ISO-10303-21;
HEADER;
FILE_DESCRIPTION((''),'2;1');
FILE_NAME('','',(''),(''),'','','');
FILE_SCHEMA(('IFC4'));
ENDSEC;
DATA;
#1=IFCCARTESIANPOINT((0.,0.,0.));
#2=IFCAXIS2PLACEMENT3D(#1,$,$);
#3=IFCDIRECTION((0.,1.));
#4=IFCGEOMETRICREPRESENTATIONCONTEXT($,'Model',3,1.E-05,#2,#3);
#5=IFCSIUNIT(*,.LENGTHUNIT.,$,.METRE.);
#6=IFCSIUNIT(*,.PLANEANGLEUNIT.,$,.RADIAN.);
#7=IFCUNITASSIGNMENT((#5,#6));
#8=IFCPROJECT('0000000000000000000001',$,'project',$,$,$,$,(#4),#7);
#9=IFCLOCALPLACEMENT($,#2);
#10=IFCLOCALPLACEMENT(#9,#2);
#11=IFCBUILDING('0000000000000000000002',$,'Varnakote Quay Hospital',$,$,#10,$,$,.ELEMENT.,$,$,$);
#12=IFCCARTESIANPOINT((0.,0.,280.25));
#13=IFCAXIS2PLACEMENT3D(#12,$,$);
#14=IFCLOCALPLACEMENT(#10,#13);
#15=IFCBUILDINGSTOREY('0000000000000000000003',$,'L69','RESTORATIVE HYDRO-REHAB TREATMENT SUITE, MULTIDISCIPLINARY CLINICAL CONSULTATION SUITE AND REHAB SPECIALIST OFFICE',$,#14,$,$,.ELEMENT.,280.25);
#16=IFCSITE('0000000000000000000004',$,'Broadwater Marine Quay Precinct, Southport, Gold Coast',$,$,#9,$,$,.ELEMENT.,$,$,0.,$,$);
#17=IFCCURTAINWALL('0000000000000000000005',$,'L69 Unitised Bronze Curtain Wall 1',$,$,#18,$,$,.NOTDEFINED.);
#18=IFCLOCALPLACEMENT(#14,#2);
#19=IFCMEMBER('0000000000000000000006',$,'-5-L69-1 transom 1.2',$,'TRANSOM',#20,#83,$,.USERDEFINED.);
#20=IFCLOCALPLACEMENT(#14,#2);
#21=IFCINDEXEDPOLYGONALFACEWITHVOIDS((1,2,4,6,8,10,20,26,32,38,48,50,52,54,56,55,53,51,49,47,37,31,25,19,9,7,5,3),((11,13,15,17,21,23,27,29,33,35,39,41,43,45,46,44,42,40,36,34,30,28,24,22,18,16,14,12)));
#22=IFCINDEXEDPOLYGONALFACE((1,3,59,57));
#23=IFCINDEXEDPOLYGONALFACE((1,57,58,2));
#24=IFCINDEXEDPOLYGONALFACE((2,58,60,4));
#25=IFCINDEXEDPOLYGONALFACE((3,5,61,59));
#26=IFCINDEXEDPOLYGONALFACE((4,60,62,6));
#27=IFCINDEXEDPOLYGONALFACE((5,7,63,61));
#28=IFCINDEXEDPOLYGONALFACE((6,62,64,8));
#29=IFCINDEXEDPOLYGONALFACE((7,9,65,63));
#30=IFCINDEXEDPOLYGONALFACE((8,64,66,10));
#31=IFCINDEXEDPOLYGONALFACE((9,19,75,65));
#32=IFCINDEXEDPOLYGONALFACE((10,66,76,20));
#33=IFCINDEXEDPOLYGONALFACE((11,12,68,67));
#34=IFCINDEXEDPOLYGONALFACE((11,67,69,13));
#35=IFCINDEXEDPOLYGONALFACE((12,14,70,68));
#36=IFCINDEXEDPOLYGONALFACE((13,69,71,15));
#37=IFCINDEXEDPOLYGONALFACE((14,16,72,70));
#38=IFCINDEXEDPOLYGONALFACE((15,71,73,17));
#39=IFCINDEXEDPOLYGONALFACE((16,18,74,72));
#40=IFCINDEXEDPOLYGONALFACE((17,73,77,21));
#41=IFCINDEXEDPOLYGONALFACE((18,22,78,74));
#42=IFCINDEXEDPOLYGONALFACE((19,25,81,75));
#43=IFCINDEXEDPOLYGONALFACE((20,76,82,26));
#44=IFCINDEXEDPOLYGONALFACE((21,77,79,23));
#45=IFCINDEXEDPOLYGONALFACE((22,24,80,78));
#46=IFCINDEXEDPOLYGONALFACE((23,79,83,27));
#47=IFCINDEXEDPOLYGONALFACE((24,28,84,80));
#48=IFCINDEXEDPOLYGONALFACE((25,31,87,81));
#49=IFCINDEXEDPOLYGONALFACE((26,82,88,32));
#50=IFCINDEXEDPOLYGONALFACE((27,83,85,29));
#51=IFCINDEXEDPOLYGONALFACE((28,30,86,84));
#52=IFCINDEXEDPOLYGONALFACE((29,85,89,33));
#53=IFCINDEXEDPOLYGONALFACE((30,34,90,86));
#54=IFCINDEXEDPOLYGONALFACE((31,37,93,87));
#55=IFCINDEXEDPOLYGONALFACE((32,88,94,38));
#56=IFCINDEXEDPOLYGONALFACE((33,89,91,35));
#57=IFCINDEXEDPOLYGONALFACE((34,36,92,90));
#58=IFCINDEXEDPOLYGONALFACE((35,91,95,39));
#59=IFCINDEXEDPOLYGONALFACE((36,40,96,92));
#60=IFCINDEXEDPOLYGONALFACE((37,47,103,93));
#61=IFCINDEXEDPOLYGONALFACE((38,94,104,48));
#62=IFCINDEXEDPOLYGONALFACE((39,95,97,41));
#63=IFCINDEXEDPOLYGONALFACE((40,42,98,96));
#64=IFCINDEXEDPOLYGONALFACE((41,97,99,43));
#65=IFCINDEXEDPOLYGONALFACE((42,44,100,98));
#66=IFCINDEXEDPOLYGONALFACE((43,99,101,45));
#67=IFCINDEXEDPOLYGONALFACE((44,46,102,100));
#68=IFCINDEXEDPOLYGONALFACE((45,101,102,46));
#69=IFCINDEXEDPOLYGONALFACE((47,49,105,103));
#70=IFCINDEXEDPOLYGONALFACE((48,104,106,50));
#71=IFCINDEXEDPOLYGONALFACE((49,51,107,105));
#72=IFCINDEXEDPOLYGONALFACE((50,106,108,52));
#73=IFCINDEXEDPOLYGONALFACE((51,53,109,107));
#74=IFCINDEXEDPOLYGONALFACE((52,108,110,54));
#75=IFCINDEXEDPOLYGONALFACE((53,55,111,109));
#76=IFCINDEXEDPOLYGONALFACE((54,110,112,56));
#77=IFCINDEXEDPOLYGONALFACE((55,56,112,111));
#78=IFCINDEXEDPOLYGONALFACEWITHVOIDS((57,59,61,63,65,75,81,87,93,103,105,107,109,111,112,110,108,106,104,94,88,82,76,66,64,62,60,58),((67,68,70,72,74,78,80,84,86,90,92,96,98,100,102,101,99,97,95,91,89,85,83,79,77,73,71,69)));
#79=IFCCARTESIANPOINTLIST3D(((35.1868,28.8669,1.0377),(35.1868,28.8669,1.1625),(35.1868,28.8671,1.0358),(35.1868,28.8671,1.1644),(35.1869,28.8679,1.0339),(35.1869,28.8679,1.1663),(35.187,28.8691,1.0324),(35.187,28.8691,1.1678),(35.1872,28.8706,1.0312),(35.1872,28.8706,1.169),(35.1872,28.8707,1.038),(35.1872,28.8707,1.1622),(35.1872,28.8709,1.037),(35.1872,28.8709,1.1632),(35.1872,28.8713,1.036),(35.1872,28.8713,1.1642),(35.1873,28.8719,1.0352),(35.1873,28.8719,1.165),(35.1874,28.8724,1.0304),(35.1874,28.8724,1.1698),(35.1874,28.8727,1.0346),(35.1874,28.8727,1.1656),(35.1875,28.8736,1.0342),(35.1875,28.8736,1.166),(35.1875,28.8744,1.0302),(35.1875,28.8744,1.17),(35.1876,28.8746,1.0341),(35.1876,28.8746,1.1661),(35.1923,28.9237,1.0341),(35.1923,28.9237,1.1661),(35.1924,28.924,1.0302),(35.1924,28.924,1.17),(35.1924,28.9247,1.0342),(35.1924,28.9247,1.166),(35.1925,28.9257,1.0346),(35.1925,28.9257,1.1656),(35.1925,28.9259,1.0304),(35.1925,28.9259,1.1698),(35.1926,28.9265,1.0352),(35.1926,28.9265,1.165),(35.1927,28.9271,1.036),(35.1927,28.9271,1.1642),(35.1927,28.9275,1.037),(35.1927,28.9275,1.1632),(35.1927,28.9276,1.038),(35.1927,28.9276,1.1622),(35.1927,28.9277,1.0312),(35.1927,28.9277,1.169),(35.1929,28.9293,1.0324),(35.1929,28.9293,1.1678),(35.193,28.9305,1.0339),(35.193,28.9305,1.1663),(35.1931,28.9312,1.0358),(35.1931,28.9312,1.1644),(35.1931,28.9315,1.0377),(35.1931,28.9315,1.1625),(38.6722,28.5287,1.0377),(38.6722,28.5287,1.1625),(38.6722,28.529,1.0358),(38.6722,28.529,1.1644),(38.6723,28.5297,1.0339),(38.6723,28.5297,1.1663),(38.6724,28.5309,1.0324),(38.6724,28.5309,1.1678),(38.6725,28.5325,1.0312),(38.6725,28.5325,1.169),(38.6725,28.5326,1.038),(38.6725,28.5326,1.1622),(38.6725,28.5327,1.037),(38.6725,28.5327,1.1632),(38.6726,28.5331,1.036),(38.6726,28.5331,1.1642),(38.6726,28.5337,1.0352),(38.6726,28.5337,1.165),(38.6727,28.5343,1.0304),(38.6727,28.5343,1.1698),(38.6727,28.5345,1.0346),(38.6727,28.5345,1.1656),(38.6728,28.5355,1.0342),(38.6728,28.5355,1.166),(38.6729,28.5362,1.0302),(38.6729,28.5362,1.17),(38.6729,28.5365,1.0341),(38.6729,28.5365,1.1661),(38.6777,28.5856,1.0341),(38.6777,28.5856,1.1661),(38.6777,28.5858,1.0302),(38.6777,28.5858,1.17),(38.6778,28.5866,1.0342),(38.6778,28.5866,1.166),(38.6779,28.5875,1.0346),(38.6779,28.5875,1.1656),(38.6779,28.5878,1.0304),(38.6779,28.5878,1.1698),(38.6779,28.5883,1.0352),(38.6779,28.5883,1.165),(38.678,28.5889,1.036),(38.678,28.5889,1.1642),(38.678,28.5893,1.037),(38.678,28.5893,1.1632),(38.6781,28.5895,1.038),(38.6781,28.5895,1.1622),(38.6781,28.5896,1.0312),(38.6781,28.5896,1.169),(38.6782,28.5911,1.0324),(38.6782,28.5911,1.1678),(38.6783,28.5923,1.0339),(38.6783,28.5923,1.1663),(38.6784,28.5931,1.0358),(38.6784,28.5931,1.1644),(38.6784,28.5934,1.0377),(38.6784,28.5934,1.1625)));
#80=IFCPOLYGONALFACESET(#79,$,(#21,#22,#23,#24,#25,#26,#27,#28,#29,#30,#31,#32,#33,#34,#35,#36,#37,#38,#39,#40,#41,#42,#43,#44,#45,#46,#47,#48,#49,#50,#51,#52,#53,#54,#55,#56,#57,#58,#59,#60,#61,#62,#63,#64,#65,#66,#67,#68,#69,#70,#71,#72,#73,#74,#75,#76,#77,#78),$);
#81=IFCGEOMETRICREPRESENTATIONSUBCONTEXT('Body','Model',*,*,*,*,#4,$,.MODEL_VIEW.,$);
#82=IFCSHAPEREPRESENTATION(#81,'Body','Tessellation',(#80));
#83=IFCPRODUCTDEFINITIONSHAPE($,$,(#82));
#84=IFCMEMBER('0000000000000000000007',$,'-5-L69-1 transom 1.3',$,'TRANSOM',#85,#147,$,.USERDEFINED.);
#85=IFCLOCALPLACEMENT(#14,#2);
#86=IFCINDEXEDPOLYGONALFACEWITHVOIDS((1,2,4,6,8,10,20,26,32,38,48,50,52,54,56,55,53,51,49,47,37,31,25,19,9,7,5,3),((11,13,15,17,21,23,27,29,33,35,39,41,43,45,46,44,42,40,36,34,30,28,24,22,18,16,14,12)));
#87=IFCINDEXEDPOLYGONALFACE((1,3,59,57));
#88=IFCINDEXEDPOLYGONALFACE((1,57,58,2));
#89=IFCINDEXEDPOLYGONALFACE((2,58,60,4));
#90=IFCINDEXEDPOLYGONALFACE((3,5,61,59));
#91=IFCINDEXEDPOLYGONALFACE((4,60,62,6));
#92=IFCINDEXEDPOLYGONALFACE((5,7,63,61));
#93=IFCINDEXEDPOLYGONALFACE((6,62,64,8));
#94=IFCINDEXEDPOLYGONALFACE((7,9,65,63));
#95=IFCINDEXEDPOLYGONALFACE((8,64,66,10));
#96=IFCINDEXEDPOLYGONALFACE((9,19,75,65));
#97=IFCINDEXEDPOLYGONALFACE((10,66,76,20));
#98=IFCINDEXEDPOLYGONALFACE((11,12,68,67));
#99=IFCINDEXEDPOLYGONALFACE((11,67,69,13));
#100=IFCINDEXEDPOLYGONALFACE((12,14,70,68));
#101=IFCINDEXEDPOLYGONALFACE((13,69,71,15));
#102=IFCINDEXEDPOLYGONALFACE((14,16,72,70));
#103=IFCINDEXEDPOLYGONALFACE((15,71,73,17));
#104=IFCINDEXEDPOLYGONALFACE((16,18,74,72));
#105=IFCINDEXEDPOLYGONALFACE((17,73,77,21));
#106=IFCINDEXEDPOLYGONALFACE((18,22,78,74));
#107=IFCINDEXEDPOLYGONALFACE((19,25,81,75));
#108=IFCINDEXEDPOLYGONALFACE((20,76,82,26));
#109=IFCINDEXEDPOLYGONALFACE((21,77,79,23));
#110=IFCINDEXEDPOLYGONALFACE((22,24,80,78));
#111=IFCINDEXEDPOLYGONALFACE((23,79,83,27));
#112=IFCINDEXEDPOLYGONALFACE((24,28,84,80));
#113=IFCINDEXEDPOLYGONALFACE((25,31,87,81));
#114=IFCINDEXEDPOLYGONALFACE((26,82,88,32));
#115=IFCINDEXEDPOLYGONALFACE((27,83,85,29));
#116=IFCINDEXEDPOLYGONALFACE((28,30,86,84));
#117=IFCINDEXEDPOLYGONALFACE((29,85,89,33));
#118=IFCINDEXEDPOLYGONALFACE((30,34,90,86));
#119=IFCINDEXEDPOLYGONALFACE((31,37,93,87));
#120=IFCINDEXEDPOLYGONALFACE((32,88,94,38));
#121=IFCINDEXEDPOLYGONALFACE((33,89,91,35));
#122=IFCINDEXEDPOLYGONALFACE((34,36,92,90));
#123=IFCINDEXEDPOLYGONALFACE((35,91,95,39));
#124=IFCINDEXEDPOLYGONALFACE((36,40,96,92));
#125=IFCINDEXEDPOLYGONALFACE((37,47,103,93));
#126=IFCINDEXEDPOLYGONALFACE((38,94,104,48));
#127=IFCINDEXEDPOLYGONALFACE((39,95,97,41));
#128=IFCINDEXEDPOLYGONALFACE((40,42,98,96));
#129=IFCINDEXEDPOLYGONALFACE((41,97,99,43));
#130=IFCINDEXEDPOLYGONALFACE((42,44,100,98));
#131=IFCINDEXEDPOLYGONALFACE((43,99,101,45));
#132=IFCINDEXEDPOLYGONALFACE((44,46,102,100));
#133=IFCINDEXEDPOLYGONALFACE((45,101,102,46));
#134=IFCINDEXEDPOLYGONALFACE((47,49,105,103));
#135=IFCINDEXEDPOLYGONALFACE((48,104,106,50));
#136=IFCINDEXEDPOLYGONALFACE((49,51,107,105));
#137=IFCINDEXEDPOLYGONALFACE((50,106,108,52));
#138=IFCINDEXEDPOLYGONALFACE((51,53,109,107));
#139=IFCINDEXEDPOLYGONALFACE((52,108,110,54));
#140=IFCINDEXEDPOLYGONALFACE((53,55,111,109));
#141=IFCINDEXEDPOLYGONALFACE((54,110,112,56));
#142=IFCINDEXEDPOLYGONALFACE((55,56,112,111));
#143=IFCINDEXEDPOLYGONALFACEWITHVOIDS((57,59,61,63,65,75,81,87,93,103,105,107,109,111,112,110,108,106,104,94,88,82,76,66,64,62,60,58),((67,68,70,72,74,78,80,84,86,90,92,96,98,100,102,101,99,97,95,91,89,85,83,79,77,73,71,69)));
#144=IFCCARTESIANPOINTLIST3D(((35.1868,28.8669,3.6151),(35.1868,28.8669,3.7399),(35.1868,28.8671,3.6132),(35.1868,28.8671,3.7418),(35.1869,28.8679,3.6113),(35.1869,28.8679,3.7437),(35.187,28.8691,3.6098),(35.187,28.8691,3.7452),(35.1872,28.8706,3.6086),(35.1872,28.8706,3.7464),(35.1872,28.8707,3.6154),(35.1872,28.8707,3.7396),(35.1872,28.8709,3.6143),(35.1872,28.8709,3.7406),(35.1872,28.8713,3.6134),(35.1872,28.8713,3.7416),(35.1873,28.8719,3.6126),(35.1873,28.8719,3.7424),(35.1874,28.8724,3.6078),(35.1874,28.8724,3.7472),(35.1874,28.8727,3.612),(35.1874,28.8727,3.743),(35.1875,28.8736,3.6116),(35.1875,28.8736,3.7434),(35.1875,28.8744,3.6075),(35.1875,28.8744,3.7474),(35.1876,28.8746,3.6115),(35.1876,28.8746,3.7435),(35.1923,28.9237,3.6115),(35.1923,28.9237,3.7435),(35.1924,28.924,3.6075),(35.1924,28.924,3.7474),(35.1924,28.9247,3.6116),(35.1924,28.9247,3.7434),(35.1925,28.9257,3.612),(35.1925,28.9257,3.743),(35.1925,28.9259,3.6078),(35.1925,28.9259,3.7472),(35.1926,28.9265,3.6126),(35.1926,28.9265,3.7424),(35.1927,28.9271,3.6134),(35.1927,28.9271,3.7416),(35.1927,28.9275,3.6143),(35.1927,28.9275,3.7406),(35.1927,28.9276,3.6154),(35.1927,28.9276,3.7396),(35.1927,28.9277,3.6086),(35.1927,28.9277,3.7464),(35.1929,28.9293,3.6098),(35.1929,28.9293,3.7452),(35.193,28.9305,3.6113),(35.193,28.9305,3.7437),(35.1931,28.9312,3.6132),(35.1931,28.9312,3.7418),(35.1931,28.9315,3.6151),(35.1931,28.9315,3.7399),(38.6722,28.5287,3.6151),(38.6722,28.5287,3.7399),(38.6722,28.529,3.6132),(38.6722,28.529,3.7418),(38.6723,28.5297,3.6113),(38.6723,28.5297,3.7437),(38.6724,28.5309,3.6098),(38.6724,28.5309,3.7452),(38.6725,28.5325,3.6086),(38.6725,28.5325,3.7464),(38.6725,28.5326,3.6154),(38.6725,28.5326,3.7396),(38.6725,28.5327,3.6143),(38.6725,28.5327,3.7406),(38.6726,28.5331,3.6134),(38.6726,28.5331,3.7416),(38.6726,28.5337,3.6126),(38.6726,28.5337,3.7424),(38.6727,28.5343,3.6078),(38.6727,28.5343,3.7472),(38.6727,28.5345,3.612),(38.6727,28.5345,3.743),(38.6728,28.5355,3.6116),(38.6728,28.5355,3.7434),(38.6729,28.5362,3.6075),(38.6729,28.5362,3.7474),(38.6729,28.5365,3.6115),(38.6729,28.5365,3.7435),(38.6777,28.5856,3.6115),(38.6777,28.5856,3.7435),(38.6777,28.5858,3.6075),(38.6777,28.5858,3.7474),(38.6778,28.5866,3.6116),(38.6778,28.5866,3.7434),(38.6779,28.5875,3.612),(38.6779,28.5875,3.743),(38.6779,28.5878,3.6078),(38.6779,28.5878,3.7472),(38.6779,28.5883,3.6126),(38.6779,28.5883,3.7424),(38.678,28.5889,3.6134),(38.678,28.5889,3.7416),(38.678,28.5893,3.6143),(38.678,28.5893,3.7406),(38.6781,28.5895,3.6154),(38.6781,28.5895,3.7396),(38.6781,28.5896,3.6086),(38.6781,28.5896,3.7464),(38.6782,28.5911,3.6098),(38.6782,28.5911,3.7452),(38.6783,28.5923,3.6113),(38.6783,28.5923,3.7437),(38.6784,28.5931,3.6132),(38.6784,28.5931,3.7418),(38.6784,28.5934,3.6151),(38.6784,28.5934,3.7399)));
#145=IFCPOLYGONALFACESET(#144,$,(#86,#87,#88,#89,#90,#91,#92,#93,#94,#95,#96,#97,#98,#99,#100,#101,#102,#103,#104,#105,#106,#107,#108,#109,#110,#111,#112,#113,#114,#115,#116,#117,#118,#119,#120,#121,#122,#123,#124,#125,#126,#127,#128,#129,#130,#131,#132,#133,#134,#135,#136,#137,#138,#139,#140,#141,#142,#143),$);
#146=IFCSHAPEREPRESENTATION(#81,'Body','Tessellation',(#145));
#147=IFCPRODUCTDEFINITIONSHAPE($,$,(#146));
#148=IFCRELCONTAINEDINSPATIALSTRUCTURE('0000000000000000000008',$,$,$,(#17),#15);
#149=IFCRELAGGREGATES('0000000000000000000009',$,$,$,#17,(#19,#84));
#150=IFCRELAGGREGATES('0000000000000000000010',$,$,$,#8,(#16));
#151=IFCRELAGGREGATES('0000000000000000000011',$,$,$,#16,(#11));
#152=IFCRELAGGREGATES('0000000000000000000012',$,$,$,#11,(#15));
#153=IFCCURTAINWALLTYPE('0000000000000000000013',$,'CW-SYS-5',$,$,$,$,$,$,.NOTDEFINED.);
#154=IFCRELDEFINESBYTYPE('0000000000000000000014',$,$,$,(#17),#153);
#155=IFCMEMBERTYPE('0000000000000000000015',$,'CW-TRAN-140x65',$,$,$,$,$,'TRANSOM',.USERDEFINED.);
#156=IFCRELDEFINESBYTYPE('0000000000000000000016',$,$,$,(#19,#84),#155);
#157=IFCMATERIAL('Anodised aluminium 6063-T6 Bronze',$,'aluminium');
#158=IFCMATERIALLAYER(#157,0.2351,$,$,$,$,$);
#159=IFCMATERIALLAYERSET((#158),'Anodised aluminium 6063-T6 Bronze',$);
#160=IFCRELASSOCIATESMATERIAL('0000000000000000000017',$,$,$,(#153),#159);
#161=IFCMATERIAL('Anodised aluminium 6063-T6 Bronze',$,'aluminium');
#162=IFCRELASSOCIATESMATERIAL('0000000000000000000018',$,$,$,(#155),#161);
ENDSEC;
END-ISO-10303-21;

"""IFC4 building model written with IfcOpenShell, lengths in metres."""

from ifc_helpers import new_model, si_unit, direction, frame, origin, origin_2d, place, context, subcontext, project, spatial, hollow_rectangle, extrude, material, layer, layer_set, material_profile, profile_set, type_object, element, aggregate, save


model = new_model("IFC4")

# Units and contexts
model_context = context("Model", 3, precision=1e-05, world=origin(), true_north=direction((0.0, 1.0)))
body_context = subcontext(model_context, "Body", "Model", "MODEL_VIEW")
ifc_project = project(units=[si_unit("LENGTHUNIT", "METRE"), si_unit("PLANEANGLEUNIT", "RADIAN")], contexts=[model_context])

# Site, building, storey
site_placement = place(None, origin())
site = spatial("IfcSite", under=ifc_project, at=site_placement, Name="Broadwater Marine Quay Precinct, Southport, Gold Coast", CompositionType="ELEMENT", RefElevation=0.0)
building_placement = place(site_placement, origin())
building = spatial("IfcBuilding", under=site, at=building_placement, Name="Varnakote Quay Hospital", CompositionType="ELEMENT")
storey_placement = place(building_placement, frame((0.0, 0.0, 280.25)))
storey = spatial("IfcBuildingStorey", under=building, at=storey_placement, Name="L69", Description="RESTORATIVE HYDRO-REHAB TREATMENT SUITE, MULTIDISCIPLINARY CLINICAL CONSULTATION SUITE AND REHAB SPECIALIST OFFICE", CompositionType="ELEMENT", Elevation=280.25)

# Curtain wall, members
ifc_material_1 = material(Name="Anodised aluminium 6063-T6 Bronze", Category="aluminium")
ifc_layer_1 = layer(ifc_material_1, 0.2351)
ifc_layer_set_1 = layer_set([ifc_layer_1], Name="Anodised aluminium 6063-T6 Bronze")
curtain_wall_type = type_object("IfcCurtainWallType", Name="CW-SYS-5", PredefinedType="NOTDEFINED", material=ifc_layer_set_1)
curtain_wall_placement = place(storey_placement, origin())
curtain_wall = element("IfcCurtainWall", 1, at=curtain_wall_placement, inside=storey, type_object=curtain_wall_type, Name="L69 Unitised Bronze Curtain Wall 1", PredefinedType="NOTDEFINED")
ifc_material_2 = material(Name="Anodised aluminium 6063-T6 Bronze", Category="aluminium")
ifc_material_profile_1 = material_profile(ifc_material_2, hollow_rectangle(XDim=0.0649, YDim=0.1399, WallThickness=0.0039, InnerFilletRadius=0.0039, OuterFilletRadius=0.0076, at=origin_2d()), Name="CW-TRAN-140x65")
ifc_profile_set_1 = profile_set([ifc_material_profile_1], Name="Anodised aluminium 6063-T6 Bronze")
member_type_1 = type_object("IfcMemberType", Name="CW-TRAN-140x65", ElementType="TRANSOM", PredefinedType="USERDEFINED", material=ifc_profile_set_1)
member_1_placement = place(storey_placement, frame((38.6753, 28.561, 1.1001), z_axis=(-0.995327, 0.096563, 0.0), x_axis=(-0.096563, -0.995327, 0.0)))
member_1 = element("IfcMember", 2, at=member_1_placement, type_object=member_type_1, Name="-5-L69-1 transom 1.2", ObjectType="TRANSOM", PredefinedType="USERDEFINED", context=body_context, shape_type="SweptSolid", body=[
    extrude(hollow_rectangle(XDim=0.0649, YDim=0.1399, WallThickness=0.0039, InnerFilletRadius=0.0039, OuterFilletRadius=0.0076, at=origin_2d()), origin(), (0.0, 0.0, 1.0), 3.5017),
])
member_2_placement = place(storey_placement, frame((38.6753, 28.561, 3.6775), z_axis=(-0.995327, 0.096563, 0.0), x_axis=(-0.096563, -0.995327, 0.0)))
member_2 = element("IfcMember", 3, at=member_2_placement, type_object=member_type_1, Name="-5-L69-1 transom 1.3", ObjectType="TRANSOM", PredefinedType="USERDEFINED", context=body_context, shape_type="SweptSolid", body=[
    extrude(hollow_rectangle(XDim=0.0649, YDim=0.1399, WallThickness=0.0039, InnerFilletRadius=0.0039, OuterFilletRadius=0.0076, at=origin_2d()), origin(), (0.0, 0.0, 1.0), 3.5017),
])
aggregate(curtain_wall, [member_1, member_2])

save(model, "model.ifc")
